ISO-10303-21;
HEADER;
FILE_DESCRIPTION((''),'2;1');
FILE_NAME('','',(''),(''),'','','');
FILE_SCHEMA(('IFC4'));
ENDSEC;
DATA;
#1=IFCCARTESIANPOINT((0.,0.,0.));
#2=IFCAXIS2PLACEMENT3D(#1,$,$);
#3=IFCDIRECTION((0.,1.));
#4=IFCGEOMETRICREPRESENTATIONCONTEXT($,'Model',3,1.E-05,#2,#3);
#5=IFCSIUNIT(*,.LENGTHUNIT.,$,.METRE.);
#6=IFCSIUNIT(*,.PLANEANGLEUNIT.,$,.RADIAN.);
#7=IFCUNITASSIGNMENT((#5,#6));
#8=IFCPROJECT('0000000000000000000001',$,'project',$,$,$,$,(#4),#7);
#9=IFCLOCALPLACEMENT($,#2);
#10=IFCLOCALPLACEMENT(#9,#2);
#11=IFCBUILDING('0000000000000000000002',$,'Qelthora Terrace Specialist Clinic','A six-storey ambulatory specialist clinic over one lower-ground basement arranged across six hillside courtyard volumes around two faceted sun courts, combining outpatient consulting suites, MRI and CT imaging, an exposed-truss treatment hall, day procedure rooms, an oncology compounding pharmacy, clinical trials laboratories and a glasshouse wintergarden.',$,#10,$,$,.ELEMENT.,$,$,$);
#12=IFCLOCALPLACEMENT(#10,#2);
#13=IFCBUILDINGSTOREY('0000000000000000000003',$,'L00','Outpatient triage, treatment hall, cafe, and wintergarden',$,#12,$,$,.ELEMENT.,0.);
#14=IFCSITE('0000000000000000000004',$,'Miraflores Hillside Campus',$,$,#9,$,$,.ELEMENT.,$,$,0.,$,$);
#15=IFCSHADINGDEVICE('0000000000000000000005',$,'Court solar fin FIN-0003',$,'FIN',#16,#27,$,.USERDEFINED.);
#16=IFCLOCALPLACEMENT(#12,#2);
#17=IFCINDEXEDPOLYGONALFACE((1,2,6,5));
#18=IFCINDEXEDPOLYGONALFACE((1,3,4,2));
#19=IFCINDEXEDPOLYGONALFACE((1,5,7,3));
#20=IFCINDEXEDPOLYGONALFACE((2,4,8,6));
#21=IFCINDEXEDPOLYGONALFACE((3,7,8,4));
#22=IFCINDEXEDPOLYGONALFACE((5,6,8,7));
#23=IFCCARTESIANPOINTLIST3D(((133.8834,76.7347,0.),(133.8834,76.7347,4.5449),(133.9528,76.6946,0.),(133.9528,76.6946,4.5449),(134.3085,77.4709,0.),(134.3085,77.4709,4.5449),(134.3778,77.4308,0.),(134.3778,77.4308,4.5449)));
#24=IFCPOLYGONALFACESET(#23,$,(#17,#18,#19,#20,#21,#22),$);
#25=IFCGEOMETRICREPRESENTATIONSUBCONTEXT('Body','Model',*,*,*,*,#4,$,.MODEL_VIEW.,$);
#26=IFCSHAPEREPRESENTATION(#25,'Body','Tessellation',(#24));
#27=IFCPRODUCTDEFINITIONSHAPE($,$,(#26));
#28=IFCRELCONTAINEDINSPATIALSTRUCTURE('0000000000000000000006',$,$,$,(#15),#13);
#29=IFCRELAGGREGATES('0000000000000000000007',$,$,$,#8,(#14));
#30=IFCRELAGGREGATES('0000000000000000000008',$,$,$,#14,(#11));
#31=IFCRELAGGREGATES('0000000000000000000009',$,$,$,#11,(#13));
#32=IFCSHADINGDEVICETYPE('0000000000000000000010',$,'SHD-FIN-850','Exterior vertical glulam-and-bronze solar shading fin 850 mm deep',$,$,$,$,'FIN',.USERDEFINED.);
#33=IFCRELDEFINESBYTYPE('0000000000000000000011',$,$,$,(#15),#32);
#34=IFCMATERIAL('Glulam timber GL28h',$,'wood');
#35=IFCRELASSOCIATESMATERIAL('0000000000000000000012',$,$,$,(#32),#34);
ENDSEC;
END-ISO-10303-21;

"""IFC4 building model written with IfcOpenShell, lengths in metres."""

from ifc_helpers import new_model, si_unit, direction, frame, origin, origin_2d, place, context, subcontext, project, spatial, rectangle, extrude, material, type_object, element, save


model = new_model("IFC4")

# Units and contexts
model_context = context("Model", 3, precision=1e-05, world=origin(), true_north=direction((0.0, 1.0)))
body_context = subcontext(model_context, "Body", "Model", "MODEL_VIEW")
ifc_project = project(units=[si_unit("LENGTHUNIT", "METRE"), si_unit("PLANEANGLEUNIT", "RADIAN")], contexts=[model_context])

# Site, building, storey
site_placement = place(None, origin())
site = spatial("IfcSite", under=ifc_project, at=site_placement, Name="Miraflores Hillside Campus", CompositionType="ELEMENT", RefElevation=0.0)
building_placement = place(site_placement, origin())
building = spatial("IfcBuilding", under=site, at=building_placement, Name="Qelthora Terrace Specialist Clinic", Description="A six-storey ambulatory specialist clinic over one lower-ground basement arranged across six hillside courtyard volumes around two faceted sun courts, combining outpatient consulting suites, MRI and CT imaging, an exposed-truss treatment hall, day procedure rooms, an oncology compounding pharmacy, clinical trials laboratories and a glasshouse wintergarden.", CompositionType="ELEMENT")
storey_placement = place(building_placement, origin())
storey = spatial("IfcBuildingStorey", under=building, at=storey_placement, Name="L00", Description="Outpatient triage, treatment hall, cafe, and wintergarden", CompositionType="ELEMENT", Elevation=0.0)

# Shading device
ifc_material_1 = material(Name="Glulam timber GL28h", Category="wood")
shading_device_type = type_object("IfcShadingDeviceType", Name="SHD-FIN-850", Description="Exterior vertical glulam-and-bronze solar shading fin 850 mm deep", ElementType="FIN", PredefinedType="USERDEFINED", material=ifc_material_1)
shading_device_placement = place(storey_placement, frame((134.1306, 77.0828, 0.0), z_axis=(0.0, 0.0, 1.0), x_axis=(-0.5, -0.866025, 0.0)))
element("IfcShadingDevice", 1, at=shading_device_placement, inside=storey, type_object=shading_device_type, Name="Court solar fin FIN-0003", ObjectType="FIN", PredefinedType="USERDEFINED", context=body_context, shape_type="SweptSolid", body=[
    extrude(rectangle(XDim=0.8501, YDim=0.0801, at=origin_2d()), origin(), (0.0, 0.0, 1.0), 4.5449),
])

save(model, "model.ifc")
